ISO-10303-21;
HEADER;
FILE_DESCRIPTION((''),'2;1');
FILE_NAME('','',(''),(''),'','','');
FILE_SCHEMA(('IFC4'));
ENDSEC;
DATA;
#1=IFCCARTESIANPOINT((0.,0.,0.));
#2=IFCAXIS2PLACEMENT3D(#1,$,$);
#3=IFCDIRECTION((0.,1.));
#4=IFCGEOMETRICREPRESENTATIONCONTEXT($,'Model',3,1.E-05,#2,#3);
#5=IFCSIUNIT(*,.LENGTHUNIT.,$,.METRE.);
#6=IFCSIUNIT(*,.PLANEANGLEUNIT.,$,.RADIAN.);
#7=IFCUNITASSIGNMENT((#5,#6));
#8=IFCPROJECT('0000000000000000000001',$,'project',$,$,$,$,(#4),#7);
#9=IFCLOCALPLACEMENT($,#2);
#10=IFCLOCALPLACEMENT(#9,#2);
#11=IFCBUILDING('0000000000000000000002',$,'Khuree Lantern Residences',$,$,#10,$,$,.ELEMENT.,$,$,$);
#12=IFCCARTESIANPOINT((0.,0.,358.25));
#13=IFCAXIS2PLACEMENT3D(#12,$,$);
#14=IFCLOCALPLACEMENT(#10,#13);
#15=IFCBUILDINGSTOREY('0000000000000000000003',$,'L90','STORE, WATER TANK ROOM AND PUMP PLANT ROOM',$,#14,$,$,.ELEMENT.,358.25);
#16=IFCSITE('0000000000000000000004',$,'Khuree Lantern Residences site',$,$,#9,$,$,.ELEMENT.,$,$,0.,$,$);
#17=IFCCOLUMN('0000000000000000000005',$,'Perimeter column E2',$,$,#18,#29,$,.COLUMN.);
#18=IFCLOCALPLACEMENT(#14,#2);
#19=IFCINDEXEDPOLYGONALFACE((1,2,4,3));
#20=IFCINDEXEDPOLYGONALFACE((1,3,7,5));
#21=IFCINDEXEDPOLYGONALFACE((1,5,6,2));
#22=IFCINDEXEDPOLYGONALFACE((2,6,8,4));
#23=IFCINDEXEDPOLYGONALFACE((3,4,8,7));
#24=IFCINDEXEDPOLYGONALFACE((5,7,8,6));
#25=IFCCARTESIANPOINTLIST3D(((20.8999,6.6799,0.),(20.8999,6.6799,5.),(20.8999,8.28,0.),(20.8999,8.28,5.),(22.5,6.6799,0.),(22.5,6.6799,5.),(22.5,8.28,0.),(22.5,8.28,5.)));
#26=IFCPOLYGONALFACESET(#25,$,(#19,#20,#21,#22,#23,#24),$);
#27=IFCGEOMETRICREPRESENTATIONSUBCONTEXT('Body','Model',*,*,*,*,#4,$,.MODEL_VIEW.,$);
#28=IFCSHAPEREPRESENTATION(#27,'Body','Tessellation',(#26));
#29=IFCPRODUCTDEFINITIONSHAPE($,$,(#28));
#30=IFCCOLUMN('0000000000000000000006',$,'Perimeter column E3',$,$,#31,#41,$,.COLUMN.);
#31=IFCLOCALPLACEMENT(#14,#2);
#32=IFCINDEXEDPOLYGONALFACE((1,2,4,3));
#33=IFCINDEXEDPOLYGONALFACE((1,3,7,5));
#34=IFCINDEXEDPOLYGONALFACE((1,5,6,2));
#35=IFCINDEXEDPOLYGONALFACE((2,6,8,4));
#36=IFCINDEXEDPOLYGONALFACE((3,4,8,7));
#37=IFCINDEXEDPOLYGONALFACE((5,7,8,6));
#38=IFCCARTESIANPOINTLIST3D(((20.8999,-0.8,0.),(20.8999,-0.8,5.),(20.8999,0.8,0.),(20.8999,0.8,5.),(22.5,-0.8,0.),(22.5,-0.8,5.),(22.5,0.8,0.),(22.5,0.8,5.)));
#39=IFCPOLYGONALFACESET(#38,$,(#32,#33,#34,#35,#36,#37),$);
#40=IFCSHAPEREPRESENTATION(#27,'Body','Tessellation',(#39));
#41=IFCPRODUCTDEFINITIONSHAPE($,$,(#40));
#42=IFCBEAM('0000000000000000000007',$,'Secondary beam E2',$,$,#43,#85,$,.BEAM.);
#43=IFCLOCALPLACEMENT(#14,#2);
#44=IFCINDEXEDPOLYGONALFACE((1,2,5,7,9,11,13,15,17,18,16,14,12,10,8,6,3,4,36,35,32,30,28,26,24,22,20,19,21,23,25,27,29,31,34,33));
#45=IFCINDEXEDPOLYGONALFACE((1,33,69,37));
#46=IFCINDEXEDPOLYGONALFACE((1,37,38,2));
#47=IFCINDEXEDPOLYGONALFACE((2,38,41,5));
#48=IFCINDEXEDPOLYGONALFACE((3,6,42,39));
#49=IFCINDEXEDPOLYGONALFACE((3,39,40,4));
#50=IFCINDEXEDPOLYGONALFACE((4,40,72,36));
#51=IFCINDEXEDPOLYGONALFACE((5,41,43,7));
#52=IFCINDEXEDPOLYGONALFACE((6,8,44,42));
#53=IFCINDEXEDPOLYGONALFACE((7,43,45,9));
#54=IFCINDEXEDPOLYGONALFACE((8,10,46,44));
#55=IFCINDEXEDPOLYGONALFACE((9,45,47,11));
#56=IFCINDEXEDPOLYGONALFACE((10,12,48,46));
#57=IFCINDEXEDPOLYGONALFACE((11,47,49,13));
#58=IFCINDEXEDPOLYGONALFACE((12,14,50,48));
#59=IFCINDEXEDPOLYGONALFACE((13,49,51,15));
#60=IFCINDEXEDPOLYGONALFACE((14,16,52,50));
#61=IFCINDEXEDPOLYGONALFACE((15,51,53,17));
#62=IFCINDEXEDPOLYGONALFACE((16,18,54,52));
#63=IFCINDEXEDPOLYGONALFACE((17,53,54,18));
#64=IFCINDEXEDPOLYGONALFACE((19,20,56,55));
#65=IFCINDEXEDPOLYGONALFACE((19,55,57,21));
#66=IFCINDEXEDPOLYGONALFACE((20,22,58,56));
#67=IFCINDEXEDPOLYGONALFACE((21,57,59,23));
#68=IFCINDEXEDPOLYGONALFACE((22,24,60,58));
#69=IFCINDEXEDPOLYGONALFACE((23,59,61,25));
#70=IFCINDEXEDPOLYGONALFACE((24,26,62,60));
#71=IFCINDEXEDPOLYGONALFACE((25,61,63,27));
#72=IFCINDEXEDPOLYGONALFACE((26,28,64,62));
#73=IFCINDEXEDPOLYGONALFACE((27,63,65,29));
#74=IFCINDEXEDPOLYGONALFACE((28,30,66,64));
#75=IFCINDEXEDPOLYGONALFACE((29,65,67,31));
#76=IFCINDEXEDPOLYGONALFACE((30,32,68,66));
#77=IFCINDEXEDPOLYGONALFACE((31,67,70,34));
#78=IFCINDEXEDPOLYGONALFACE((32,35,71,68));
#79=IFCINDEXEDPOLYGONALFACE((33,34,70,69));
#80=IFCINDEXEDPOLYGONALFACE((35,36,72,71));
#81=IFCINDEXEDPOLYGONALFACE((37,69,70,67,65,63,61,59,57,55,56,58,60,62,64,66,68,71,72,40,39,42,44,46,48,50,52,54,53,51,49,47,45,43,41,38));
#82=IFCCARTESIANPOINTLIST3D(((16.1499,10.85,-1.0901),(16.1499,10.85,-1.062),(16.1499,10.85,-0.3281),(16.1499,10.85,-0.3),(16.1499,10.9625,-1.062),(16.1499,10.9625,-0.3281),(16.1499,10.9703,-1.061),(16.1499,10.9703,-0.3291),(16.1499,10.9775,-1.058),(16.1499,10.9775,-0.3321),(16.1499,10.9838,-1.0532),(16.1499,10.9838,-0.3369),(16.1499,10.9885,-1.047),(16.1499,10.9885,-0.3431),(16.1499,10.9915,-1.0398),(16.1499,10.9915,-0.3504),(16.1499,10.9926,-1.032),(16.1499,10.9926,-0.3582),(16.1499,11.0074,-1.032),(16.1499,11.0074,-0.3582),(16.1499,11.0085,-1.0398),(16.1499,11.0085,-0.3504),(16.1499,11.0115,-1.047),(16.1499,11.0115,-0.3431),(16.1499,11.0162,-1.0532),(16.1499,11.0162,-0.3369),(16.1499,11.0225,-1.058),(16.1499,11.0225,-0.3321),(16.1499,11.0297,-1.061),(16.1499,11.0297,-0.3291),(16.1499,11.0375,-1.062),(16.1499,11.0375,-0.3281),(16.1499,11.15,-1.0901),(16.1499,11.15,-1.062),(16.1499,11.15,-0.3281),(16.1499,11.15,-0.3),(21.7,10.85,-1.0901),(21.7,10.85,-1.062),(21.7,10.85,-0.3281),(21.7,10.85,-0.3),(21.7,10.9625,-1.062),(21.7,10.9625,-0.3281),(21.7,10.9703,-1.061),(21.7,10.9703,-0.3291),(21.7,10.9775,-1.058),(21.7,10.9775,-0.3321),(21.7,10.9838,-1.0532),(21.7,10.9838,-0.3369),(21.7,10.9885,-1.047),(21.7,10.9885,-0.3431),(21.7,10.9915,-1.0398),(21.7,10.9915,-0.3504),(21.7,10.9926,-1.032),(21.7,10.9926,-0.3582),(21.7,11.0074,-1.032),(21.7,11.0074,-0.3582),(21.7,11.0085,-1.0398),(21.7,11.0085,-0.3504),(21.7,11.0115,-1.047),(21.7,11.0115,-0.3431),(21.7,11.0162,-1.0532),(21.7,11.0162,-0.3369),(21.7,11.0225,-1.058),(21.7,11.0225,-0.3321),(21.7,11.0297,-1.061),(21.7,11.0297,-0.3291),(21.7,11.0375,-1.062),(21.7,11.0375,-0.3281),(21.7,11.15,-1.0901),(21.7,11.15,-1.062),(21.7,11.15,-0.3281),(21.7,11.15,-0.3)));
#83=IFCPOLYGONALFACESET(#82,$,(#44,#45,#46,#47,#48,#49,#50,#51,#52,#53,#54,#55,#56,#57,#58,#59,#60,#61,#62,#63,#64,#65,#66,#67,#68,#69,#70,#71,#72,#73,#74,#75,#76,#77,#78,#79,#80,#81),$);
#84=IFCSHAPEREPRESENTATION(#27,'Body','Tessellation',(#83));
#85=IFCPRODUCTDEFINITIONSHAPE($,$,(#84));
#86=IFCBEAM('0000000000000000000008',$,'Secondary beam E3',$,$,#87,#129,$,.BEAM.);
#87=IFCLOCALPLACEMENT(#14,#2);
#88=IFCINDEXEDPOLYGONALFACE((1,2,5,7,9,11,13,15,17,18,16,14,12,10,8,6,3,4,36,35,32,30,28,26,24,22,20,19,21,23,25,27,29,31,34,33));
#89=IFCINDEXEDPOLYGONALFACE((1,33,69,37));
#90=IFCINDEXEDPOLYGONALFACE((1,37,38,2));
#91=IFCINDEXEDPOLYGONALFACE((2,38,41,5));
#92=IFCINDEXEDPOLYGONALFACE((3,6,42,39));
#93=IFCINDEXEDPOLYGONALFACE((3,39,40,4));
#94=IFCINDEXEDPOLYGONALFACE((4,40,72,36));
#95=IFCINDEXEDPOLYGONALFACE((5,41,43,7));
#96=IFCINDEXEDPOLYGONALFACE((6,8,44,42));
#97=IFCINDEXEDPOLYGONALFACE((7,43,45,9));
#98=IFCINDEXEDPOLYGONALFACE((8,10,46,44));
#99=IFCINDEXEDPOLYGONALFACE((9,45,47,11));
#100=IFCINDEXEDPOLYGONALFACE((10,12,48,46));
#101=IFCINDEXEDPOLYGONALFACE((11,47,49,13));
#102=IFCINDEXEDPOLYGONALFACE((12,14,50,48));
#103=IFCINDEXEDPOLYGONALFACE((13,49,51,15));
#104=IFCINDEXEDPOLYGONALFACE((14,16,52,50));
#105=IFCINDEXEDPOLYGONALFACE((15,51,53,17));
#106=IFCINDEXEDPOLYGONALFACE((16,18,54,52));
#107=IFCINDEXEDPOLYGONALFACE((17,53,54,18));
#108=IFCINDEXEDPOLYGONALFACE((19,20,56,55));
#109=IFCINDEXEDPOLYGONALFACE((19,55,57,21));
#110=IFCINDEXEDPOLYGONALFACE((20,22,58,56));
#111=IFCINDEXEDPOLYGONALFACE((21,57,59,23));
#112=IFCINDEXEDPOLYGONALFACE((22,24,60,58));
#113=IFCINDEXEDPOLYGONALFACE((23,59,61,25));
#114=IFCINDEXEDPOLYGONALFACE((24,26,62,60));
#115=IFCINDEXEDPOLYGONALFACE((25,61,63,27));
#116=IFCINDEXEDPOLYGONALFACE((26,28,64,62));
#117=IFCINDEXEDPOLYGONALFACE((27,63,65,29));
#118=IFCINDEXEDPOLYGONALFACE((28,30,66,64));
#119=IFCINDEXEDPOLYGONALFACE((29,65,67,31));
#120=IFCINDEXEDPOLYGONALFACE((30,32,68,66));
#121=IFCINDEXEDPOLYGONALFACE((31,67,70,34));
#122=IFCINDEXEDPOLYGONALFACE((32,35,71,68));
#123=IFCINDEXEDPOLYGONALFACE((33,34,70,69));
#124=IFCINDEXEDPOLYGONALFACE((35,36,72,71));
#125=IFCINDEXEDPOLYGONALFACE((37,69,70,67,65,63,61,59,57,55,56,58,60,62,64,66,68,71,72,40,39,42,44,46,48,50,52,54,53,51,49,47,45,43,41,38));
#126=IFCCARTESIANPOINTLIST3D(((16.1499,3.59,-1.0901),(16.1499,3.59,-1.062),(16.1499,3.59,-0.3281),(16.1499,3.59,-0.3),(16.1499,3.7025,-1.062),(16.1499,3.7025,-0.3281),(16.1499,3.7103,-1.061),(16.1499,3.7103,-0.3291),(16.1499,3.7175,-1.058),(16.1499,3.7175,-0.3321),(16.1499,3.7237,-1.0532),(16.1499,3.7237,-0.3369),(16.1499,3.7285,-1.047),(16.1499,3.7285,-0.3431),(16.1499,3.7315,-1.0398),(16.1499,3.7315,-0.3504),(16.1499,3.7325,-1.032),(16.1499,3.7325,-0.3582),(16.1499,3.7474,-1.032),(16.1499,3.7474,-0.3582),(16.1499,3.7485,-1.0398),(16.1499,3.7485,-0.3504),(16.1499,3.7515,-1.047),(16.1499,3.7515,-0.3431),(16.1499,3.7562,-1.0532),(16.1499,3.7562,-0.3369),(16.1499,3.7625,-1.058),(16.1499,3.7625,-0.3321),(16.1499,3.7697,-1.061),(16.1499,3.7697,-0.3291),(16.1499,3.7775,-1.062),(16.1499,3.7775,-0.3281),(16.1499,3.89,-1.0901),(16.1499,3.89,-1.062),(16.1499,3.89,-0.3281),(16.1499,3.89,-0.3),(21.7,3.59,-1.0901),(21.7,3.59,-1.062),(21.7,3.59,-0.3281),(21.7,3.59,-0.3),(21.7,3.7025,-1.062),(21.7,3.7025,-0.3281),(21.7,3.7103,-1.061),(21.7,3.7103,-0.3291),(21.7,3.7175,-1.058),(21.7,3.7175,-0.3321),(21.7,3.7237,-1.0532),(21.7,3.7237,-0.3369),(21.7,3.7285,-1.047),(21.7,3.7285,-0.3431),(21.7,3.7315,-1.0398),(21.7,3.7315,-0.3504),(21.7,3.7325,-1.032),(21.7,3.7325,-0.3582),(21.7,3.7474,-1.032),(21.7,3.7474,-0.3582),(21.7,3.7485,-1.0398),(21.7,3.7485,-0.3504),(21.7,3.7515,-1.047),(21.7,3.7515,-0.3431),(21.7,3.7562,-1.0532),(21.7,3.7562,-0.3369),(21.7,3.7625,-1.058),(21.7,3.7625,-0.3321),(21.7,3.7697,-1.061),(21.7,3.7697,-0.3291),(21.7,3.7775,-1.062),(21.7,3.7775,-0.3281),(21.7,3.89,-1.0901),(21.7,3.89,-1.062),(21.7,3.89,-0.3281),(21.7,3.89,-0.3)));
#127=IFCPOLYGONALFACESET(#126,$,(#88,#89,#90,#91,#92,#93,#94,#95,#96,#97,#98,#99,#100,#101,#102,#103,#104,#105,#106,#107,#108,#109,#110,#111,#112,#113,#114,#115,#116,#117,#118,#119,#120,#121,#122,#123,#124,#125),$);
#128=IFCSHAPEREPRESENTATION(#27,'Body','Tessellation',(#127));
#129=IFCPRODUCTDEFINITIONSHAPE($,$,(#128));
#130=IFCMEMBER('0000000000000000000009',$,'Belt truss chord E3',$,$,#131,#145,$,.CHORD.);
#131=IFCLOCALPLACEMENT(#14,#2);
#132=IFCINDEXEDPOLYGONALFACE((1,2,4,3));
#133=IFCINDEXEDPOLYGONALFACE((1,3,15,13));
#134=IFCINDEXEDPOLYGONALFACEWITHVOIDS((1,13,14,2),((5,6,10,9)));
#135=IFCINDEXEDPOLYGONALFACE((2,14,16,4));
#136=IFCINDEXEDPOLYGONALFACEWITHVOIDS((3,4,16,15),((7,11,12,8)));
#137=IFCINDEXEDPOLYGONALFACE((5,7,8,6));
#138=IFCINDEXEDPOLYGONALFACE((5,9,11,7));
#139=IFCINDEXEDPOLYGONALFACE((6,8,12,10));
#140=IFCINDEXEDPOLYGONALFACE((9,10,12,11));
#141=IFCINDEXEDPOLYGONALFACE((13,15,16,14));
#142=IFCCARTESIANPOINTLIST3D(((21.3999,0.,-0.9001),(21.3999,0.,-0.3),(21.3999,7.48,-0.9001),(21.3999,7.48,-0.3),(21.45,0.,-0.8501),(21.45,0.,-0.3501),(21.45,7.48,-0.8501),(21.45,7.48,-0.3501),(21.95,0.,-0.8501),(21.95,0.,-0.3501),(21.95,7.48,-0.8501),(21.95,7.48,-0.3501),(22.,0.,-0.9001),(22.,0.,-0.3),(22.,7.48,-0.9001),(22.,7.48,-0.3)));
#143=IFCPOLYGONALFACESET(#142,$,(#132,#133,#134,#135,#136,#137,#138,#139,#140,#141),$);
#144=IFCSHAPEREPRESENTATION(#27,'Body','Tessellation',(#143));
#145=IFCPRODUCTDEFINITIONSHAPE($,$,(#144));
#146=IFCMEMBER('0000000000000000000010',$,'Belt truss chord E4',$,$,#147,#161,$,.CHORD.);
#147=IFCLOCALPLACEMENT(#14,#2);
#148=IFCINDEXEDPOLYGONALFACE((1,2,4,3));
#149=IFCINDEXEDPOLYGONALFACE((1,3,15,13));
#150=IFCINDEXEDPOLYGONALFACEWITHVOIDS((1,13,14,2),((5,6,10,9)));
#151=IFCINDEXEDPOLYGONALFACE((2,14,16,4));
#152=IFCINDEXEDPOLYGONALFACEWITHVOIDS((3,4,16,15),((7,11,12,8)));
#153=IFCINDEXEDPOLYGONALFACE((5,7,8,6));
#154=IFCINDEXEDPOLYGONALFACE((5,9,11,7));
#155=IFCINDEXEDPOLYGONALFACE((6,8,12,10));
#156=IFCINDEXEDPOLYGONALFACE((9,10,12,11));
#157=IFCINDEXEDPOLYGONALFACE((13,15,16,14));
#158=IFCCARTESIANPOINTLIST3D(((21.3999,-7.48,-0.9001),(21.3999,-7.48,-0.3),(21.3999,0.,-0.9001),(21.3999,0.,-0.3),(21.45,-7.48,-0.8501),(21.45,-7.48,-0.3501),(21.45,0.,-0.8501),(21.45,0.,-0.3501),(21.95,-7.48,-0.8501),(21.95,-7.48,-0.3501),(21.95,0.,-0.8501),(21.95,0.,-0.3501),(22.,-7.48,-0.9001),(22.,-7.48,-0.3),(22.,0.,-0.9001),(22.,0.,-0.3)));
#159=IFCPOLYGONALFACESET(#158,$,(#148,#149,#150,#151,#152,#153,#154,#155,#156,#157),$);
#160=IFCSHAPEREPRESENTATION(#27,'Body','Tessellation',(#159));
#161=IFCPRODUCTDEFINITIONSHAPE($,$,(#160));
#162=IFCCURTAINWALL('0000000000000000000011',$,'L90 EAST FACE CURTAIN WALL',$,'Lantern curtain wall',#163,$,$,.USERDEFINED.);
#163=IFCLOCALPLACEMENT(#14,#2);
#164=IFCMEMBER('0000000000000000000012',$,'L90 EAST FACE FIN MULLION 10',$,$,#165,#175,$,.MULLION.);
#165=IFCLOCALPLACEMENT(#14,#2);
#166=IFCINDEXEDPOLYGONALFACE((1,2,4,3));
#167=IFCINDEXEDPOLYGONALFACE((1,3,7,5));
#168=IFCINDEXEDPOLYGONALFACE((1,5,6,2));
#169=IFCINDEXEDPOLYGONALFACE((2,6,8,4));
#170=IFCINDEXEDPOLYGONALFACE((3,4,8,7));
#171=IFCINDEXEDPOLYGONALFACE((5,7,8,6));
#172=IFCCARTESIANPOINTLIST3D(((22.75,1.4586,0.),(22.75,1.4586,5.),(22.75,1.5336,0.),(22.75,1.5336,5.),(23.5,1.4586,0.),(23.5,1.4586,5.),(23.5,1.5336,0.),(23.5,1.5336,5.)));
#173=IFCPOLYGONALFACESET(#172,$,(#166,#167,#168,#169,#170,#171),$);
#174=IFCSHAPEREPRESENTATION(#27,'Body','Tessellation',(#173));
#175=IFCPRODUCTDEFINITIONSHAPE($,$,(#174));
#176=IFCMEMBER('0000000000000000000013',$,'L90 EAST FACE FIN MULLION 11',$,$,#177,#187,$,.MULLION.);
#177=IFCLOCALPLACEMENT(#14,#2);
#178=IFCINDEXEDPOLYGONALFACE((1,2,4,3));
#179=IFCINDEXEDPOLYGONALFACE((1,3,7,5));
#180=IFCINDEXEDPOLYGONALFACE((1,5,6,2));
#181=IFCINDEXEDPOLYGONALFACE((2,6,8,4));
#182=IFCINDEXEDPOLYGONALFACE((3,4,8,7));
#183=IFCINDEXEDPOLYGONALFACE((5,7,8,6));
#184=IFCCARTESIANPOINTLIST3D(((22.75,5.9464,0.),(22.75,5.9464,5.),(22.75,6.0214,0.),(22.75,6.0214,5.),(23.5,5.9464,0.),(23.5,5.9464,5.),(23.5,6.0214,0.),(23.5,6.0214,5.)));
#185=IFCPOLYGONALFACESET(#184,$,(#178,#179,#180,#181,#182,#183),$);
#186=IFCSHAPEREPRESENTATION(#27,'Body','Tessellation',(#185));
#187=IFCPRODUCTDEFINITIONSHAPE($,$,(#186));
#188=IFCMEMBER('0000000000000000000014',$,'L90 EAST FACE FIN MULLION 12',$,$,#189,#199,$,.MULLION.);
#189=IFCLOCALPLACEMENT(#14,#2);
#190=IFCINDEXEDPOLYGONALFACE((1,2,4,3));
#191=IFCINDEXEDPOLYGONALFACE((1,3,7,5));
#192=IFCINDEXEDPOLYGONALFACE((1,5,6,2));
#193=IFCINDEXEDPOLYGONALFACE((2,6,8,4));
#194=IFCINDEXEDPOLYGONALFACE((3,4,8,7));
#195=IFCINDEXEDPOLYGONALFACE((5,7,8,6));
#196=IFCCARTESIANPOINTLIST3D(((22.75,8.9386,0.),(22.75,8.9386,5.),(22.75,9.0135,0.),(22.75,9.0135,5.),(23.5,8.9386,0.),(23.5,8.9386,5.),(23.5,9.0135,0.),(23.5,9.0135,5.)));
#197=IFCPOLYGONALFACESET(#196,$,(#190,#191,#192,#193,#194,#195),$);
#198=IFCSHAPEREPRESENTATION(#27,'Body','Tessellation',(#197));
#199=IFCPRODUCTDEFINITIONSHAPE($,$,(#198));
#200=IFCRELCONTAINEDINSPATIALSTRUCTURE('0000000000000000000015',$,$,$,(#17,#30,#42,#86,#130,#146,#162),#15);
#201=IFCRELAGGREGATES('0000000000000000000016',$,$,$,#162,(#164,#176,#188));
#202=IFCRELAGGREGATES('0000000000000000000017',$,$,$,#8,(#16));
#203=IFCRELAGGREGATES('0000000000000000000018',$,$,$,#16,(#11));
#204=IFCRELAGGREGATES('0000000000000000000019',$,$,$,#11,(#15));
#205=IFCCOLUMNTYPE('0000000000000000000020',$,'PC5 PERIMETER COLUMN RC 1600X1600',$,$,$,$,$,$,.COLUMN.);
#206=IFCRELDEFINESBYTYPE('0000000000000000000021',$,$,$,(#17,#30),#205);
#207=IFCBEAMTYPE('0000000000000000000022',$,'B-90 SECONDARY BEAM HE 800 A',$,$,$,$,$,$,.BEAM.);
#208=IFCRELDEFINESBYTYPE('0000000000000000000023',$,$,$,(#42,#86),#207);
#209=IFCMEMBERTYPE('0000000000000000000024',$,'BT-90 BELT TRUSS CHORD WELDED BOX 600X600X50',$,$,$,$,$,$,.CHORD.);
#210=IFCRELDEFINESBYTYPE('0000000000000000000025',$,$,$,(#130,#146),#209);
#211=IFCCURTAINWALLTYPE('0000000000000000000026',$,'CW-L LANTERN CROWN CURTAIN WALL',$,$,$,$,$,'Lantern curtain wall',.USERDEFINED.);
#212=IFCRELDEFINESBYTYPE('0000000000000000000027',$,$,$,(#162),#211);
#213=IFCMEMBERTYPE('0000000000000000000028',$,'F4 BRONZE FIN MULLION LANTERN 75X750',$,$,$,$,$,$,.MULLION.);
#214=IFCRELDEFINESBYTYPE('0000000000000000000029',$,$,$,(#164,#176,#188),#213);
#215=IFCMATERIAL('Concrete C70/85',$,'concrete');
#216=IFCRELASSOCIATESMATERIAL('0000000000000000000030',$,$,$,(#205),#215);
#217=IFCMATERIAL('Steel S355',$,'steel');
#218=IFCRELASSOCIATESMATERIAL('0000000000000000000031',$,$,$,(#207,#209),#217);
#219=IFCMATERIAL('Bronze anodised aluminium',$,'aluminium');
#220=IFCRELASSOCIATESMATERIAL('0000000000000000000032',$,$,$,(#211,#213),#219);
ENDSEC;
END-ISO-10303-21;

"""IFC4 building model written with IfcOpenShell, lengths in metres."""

from ifc_helpers import new_model, si_unit, direction, frame, origin, origin_2d, place, context, subcontext, project, spatial, rectangle, hollow_rectangle, i_section, extrude, material, material_profile, profile_set, type_object, element, aggregate, save


model = new_model("IFC4")

# Units and contexts
model_context = context("Model", 3, precision=1e-05, world=origin(), true_north=direction((0.0, 1.0)))
body_context = subcontext(model_context, "Body", "Model", "MODEL_VIEW")
ifc_project = project(units=[si_unit("LENGTHUNIT", "METRE"), si_unit("PLANEANGLEUNIT", "RADIAN")], contexts=[model_context])

# Site, building, storey
site_placement = place(None, origin())
site = spatial("IfcSite", under=ifc_project, at=site_placement, Name="Khuree Lantern Residences site", CompositionType="ELEMENT", RefElevation=0.0)
building_placement = place(site_placement, origin())
building = spatial("IfcBuilding", under=site, at=building_placement, Name="Khuree Lantern Residences", CompositionType="ELEMENT")
storey_placement = place(building_placement, frame((0.0, 0.0, 358.25)))
storey = spatial("IfcBuildingStorey", under=building, at=storey_placement, Name="L90", Description="STORE, WATER TANK ROOM AND PUMP PLANT ROOM", CompositionType="ELEMENT", Elevation=358.25)

# Columns
ifc_material_1 = material(Name="Concrete C70/85", Category="concrete")
ifc_material_profile_1 = material_profile(ifc_material_1, rectangle(XDim=1.6001, YDim=1.6001, at=origin_2d()), Name="RC 1600X1600")
ifc_profile_set_1 = profile_set([ifc_material_profile_1], Name="Concrete C70/85")
column_type = type_object("IfcColumnType", Name="PC5 PERIMETER COLUMN RC 1600X1600", PredefinedType="COLUMN", material=ifc_profile_set_1)
for number, where, z_axis, x_axis, name in (
    (1, (21.7, 7.48, 0.0), (0.0, 0.0, 1.0), (0.0, 1.0, 0.0), "Perimeter column E2"),
    (2, (21.7, 0.0, 0.0), (0.0, 0.0, 1.0), (0.0, 1.0, 0.0), "Perimeter column E3"),
):
    element("IfcColumn", number, at=place(storey_placement, frame(where, z_axis=z_axis, x_axis=x_axis)), inside=storey, type_object=column_type, Name=name, PredefinedType="COLUMN", context=body_context, shape_type="SweptSolid", body=[
        extrude(rectangle(XDim=1.6001, YDim=1.6001, at=origin_2d()), origin(), (0.0, 0.0, 1.0), 5.0),
    ])

# Beams
ifc_material_2 = material(Name="Steel S355", Category="steel")
ifc_material_profile_2 = material_profile(ifc_material_2, i_section(OverallWidth=0.3, OverallDepth=0.79, WebThickness=0.0149, FlangeThickness=0.0281, FilletRadius=0.03, at=origin_2d()), Name="HE 800 A")
ifc_profile_set_2 = profile_set([ifc_material_profile_2], Name="Steel S355")
beam_type = type_object("IfcBeamType", Name="B-90 SECONDARY BEAM HE 800 A", PredefinedType="BEAM", material=ifc_profile_set_2)
for number, where, z_axis, x_axis, name in (
    (3, (21.7, 11.0, -0.6951), (-1.0, 0.0, 0.0), (0.0, -1.0, 0.0), "Secondary beam E2"),
    (4, (21.7, 3.74, -0.6951), (-1.0, 0.0, 0.0), (0.0, -1.0, 0.0), "Secondary beam E3"),
):
    element("IfcBeam", number, at=place(storey_placement, frame(where, z_axis=z_axis, x_axis=x_axis)), inside=storey, type_object=beam_type, Name=name, PredefinedType="BEAM", context=body_context, shape_type="SweptSolid", body=[
        extrude(i_section(OverallWidth=0.3, OverallDepth=0.79, WebThickness=0.0149, FlangeThickness=0.0281, FilletRadius=0.03, at=origin_2d()), origin(), (0.0, 0.0, 1.0), 5.55),
    ])

# Members
ifc_material_profile_3 = material_profile(ifc_material_2, hollow_rectangle(XDim=0.6001, YDim=0.6001, WallThickness=0.05, at=origin_2d()), Name="WELDED BOX 600X600X50")
ifc_profile_set_3 = profile_set([ifc_material_profile_3], Name="Steel S355")
member_type_1 = type_object("IfcMemberType", Name="BT-90 BELT TRUSS CHORD WELDED BOX 600X600X50", PredefinedType="CHORD", material=ifc_profile_set_3)
for number, where, z_axis, x_axis, name in (
    (5, (21.7, 7.48, -0.6001), (0.0, -1.0, 0.0), (1.0, 0.0, 0.0), "Belt truss chord E3"),
    (6, (21.7, 0.0, -0.6001), (0.0, -1.0, 0.0), (1.0, 0.0, 0.0), "Belt truss chord E4"),
):
    element("IfcMember", number, at=place(storey_placement, frame(where, z_axis=z_axis, x_axis=x_axis)), inside=storey, type_object=member_type_1, Name=name, PredefinedType="CHORD", context=body_context, shape_type="SweptSolid", body=[
        extrude(hollow_rectangle(XDim=0.6001, YDim=0.6001, WallThickness=0.05, at=origin_2d()), origin(), (0.0, 0.0, 1.0), 7.48),
    ])

# Curtain wall, members
ifc_material_3 = material(Name="Bronze anodised aluminium", Category="aluminium")
curtain_wall_type = type_object("IfcCurtainWallType", Name="CW-L LANTERN CROWN CURTAIN WALL", ElementType="Lantern curtain wall", PredefinedType="USERDEFINED", material=ifc_material_3)
curtain_wall_placement = place(storey_placement, origin())
curtain_wall = element("IfcCurtainWall", 7, at=curtain_wall_placement, inside=storey, type_object=curtain_wall_type, Name="L90 EAST FACE CURTAIN WALL", ObjectType="Lantern curtain wall", PredefinedType="USERDEFINED")
ifc_material_profile_4 = material_profile(ifc_material_3, rectangle(XDim=0.075, YDim=0.75, at=origin_2d()), Name="F4 75X750")
ifc_profile_set_4 = profile_set([ifc_material_profile_4], Name="Bronze anodised aluminium")
member_type_2 = type_object("IfcMemberType", Name="F4 BRONZE FIN MULLION LANTERN 75X750", PredefinedType="MULLION", material=ifc_profile_set_4)
member_1_placement = place(storey_placement, frame((23.125, 1.4961, 0.0), z_axis=(0.0, 0.0, 1.0), x_axis=(0.0, 1.0, 0.0)))
member_1 = element("IfcMember", 8, at=member_1_placement, type_object=member_type_2, Name="L90 EAST FACE FIN MULLION 10", PredefinedType="MULLION", context=body_context, shape_type="SweptSolid", body=[
    extrude(rectangle(XDim=0.075, YDim=0.75, at=origin_2d()), origin(), (0.0, 0.0, 1.0), 5.0),
])
member_2_placement = place(storey_placement, frame((23.125, 5.9839, 0.0), z_axis=(0.0, 0.0, 1.0), x_axis=(0.0, 1.0, 0.0)))
member_2 = element("IfcMember", 9, at=member_2_placement, type_object=member_type_2, Name="L90 EAST FACE FIN MULLION 11", PredefinedType="MULLION", context=body_context, shape_type="SweptSolid", body=[
    extrude(rectangle(XDim=0.075, YDim=0.75, at=origin_2d()), origin(), (0.0, 0.0, 1.0), 5.0),
])
member_3_placement = place(storey_placement, frame((23.125, 8.9761, 0.0), z_axis=(0.0, 0.0, 1.0), x_axis=(0.0, 1.0, 0.0)))
member_3 = element("IfcMember", 10, at=member_3_placement, type_object=member_type_2, Name="L90 EAST FACE FIN MULLION 12", PredefinedType="MULLION", context=body_context, shape_type="SweptSolid", body=[
    extrude(rectangle(XDim=0.075, YDim=0.75, at=origin_2d()), origin(), (0.0, 0.0, 1.0), 5.0),
])

aggregate(curtain_wall, [member_1, member_2, member_3])

save(model, "model.ifc")
